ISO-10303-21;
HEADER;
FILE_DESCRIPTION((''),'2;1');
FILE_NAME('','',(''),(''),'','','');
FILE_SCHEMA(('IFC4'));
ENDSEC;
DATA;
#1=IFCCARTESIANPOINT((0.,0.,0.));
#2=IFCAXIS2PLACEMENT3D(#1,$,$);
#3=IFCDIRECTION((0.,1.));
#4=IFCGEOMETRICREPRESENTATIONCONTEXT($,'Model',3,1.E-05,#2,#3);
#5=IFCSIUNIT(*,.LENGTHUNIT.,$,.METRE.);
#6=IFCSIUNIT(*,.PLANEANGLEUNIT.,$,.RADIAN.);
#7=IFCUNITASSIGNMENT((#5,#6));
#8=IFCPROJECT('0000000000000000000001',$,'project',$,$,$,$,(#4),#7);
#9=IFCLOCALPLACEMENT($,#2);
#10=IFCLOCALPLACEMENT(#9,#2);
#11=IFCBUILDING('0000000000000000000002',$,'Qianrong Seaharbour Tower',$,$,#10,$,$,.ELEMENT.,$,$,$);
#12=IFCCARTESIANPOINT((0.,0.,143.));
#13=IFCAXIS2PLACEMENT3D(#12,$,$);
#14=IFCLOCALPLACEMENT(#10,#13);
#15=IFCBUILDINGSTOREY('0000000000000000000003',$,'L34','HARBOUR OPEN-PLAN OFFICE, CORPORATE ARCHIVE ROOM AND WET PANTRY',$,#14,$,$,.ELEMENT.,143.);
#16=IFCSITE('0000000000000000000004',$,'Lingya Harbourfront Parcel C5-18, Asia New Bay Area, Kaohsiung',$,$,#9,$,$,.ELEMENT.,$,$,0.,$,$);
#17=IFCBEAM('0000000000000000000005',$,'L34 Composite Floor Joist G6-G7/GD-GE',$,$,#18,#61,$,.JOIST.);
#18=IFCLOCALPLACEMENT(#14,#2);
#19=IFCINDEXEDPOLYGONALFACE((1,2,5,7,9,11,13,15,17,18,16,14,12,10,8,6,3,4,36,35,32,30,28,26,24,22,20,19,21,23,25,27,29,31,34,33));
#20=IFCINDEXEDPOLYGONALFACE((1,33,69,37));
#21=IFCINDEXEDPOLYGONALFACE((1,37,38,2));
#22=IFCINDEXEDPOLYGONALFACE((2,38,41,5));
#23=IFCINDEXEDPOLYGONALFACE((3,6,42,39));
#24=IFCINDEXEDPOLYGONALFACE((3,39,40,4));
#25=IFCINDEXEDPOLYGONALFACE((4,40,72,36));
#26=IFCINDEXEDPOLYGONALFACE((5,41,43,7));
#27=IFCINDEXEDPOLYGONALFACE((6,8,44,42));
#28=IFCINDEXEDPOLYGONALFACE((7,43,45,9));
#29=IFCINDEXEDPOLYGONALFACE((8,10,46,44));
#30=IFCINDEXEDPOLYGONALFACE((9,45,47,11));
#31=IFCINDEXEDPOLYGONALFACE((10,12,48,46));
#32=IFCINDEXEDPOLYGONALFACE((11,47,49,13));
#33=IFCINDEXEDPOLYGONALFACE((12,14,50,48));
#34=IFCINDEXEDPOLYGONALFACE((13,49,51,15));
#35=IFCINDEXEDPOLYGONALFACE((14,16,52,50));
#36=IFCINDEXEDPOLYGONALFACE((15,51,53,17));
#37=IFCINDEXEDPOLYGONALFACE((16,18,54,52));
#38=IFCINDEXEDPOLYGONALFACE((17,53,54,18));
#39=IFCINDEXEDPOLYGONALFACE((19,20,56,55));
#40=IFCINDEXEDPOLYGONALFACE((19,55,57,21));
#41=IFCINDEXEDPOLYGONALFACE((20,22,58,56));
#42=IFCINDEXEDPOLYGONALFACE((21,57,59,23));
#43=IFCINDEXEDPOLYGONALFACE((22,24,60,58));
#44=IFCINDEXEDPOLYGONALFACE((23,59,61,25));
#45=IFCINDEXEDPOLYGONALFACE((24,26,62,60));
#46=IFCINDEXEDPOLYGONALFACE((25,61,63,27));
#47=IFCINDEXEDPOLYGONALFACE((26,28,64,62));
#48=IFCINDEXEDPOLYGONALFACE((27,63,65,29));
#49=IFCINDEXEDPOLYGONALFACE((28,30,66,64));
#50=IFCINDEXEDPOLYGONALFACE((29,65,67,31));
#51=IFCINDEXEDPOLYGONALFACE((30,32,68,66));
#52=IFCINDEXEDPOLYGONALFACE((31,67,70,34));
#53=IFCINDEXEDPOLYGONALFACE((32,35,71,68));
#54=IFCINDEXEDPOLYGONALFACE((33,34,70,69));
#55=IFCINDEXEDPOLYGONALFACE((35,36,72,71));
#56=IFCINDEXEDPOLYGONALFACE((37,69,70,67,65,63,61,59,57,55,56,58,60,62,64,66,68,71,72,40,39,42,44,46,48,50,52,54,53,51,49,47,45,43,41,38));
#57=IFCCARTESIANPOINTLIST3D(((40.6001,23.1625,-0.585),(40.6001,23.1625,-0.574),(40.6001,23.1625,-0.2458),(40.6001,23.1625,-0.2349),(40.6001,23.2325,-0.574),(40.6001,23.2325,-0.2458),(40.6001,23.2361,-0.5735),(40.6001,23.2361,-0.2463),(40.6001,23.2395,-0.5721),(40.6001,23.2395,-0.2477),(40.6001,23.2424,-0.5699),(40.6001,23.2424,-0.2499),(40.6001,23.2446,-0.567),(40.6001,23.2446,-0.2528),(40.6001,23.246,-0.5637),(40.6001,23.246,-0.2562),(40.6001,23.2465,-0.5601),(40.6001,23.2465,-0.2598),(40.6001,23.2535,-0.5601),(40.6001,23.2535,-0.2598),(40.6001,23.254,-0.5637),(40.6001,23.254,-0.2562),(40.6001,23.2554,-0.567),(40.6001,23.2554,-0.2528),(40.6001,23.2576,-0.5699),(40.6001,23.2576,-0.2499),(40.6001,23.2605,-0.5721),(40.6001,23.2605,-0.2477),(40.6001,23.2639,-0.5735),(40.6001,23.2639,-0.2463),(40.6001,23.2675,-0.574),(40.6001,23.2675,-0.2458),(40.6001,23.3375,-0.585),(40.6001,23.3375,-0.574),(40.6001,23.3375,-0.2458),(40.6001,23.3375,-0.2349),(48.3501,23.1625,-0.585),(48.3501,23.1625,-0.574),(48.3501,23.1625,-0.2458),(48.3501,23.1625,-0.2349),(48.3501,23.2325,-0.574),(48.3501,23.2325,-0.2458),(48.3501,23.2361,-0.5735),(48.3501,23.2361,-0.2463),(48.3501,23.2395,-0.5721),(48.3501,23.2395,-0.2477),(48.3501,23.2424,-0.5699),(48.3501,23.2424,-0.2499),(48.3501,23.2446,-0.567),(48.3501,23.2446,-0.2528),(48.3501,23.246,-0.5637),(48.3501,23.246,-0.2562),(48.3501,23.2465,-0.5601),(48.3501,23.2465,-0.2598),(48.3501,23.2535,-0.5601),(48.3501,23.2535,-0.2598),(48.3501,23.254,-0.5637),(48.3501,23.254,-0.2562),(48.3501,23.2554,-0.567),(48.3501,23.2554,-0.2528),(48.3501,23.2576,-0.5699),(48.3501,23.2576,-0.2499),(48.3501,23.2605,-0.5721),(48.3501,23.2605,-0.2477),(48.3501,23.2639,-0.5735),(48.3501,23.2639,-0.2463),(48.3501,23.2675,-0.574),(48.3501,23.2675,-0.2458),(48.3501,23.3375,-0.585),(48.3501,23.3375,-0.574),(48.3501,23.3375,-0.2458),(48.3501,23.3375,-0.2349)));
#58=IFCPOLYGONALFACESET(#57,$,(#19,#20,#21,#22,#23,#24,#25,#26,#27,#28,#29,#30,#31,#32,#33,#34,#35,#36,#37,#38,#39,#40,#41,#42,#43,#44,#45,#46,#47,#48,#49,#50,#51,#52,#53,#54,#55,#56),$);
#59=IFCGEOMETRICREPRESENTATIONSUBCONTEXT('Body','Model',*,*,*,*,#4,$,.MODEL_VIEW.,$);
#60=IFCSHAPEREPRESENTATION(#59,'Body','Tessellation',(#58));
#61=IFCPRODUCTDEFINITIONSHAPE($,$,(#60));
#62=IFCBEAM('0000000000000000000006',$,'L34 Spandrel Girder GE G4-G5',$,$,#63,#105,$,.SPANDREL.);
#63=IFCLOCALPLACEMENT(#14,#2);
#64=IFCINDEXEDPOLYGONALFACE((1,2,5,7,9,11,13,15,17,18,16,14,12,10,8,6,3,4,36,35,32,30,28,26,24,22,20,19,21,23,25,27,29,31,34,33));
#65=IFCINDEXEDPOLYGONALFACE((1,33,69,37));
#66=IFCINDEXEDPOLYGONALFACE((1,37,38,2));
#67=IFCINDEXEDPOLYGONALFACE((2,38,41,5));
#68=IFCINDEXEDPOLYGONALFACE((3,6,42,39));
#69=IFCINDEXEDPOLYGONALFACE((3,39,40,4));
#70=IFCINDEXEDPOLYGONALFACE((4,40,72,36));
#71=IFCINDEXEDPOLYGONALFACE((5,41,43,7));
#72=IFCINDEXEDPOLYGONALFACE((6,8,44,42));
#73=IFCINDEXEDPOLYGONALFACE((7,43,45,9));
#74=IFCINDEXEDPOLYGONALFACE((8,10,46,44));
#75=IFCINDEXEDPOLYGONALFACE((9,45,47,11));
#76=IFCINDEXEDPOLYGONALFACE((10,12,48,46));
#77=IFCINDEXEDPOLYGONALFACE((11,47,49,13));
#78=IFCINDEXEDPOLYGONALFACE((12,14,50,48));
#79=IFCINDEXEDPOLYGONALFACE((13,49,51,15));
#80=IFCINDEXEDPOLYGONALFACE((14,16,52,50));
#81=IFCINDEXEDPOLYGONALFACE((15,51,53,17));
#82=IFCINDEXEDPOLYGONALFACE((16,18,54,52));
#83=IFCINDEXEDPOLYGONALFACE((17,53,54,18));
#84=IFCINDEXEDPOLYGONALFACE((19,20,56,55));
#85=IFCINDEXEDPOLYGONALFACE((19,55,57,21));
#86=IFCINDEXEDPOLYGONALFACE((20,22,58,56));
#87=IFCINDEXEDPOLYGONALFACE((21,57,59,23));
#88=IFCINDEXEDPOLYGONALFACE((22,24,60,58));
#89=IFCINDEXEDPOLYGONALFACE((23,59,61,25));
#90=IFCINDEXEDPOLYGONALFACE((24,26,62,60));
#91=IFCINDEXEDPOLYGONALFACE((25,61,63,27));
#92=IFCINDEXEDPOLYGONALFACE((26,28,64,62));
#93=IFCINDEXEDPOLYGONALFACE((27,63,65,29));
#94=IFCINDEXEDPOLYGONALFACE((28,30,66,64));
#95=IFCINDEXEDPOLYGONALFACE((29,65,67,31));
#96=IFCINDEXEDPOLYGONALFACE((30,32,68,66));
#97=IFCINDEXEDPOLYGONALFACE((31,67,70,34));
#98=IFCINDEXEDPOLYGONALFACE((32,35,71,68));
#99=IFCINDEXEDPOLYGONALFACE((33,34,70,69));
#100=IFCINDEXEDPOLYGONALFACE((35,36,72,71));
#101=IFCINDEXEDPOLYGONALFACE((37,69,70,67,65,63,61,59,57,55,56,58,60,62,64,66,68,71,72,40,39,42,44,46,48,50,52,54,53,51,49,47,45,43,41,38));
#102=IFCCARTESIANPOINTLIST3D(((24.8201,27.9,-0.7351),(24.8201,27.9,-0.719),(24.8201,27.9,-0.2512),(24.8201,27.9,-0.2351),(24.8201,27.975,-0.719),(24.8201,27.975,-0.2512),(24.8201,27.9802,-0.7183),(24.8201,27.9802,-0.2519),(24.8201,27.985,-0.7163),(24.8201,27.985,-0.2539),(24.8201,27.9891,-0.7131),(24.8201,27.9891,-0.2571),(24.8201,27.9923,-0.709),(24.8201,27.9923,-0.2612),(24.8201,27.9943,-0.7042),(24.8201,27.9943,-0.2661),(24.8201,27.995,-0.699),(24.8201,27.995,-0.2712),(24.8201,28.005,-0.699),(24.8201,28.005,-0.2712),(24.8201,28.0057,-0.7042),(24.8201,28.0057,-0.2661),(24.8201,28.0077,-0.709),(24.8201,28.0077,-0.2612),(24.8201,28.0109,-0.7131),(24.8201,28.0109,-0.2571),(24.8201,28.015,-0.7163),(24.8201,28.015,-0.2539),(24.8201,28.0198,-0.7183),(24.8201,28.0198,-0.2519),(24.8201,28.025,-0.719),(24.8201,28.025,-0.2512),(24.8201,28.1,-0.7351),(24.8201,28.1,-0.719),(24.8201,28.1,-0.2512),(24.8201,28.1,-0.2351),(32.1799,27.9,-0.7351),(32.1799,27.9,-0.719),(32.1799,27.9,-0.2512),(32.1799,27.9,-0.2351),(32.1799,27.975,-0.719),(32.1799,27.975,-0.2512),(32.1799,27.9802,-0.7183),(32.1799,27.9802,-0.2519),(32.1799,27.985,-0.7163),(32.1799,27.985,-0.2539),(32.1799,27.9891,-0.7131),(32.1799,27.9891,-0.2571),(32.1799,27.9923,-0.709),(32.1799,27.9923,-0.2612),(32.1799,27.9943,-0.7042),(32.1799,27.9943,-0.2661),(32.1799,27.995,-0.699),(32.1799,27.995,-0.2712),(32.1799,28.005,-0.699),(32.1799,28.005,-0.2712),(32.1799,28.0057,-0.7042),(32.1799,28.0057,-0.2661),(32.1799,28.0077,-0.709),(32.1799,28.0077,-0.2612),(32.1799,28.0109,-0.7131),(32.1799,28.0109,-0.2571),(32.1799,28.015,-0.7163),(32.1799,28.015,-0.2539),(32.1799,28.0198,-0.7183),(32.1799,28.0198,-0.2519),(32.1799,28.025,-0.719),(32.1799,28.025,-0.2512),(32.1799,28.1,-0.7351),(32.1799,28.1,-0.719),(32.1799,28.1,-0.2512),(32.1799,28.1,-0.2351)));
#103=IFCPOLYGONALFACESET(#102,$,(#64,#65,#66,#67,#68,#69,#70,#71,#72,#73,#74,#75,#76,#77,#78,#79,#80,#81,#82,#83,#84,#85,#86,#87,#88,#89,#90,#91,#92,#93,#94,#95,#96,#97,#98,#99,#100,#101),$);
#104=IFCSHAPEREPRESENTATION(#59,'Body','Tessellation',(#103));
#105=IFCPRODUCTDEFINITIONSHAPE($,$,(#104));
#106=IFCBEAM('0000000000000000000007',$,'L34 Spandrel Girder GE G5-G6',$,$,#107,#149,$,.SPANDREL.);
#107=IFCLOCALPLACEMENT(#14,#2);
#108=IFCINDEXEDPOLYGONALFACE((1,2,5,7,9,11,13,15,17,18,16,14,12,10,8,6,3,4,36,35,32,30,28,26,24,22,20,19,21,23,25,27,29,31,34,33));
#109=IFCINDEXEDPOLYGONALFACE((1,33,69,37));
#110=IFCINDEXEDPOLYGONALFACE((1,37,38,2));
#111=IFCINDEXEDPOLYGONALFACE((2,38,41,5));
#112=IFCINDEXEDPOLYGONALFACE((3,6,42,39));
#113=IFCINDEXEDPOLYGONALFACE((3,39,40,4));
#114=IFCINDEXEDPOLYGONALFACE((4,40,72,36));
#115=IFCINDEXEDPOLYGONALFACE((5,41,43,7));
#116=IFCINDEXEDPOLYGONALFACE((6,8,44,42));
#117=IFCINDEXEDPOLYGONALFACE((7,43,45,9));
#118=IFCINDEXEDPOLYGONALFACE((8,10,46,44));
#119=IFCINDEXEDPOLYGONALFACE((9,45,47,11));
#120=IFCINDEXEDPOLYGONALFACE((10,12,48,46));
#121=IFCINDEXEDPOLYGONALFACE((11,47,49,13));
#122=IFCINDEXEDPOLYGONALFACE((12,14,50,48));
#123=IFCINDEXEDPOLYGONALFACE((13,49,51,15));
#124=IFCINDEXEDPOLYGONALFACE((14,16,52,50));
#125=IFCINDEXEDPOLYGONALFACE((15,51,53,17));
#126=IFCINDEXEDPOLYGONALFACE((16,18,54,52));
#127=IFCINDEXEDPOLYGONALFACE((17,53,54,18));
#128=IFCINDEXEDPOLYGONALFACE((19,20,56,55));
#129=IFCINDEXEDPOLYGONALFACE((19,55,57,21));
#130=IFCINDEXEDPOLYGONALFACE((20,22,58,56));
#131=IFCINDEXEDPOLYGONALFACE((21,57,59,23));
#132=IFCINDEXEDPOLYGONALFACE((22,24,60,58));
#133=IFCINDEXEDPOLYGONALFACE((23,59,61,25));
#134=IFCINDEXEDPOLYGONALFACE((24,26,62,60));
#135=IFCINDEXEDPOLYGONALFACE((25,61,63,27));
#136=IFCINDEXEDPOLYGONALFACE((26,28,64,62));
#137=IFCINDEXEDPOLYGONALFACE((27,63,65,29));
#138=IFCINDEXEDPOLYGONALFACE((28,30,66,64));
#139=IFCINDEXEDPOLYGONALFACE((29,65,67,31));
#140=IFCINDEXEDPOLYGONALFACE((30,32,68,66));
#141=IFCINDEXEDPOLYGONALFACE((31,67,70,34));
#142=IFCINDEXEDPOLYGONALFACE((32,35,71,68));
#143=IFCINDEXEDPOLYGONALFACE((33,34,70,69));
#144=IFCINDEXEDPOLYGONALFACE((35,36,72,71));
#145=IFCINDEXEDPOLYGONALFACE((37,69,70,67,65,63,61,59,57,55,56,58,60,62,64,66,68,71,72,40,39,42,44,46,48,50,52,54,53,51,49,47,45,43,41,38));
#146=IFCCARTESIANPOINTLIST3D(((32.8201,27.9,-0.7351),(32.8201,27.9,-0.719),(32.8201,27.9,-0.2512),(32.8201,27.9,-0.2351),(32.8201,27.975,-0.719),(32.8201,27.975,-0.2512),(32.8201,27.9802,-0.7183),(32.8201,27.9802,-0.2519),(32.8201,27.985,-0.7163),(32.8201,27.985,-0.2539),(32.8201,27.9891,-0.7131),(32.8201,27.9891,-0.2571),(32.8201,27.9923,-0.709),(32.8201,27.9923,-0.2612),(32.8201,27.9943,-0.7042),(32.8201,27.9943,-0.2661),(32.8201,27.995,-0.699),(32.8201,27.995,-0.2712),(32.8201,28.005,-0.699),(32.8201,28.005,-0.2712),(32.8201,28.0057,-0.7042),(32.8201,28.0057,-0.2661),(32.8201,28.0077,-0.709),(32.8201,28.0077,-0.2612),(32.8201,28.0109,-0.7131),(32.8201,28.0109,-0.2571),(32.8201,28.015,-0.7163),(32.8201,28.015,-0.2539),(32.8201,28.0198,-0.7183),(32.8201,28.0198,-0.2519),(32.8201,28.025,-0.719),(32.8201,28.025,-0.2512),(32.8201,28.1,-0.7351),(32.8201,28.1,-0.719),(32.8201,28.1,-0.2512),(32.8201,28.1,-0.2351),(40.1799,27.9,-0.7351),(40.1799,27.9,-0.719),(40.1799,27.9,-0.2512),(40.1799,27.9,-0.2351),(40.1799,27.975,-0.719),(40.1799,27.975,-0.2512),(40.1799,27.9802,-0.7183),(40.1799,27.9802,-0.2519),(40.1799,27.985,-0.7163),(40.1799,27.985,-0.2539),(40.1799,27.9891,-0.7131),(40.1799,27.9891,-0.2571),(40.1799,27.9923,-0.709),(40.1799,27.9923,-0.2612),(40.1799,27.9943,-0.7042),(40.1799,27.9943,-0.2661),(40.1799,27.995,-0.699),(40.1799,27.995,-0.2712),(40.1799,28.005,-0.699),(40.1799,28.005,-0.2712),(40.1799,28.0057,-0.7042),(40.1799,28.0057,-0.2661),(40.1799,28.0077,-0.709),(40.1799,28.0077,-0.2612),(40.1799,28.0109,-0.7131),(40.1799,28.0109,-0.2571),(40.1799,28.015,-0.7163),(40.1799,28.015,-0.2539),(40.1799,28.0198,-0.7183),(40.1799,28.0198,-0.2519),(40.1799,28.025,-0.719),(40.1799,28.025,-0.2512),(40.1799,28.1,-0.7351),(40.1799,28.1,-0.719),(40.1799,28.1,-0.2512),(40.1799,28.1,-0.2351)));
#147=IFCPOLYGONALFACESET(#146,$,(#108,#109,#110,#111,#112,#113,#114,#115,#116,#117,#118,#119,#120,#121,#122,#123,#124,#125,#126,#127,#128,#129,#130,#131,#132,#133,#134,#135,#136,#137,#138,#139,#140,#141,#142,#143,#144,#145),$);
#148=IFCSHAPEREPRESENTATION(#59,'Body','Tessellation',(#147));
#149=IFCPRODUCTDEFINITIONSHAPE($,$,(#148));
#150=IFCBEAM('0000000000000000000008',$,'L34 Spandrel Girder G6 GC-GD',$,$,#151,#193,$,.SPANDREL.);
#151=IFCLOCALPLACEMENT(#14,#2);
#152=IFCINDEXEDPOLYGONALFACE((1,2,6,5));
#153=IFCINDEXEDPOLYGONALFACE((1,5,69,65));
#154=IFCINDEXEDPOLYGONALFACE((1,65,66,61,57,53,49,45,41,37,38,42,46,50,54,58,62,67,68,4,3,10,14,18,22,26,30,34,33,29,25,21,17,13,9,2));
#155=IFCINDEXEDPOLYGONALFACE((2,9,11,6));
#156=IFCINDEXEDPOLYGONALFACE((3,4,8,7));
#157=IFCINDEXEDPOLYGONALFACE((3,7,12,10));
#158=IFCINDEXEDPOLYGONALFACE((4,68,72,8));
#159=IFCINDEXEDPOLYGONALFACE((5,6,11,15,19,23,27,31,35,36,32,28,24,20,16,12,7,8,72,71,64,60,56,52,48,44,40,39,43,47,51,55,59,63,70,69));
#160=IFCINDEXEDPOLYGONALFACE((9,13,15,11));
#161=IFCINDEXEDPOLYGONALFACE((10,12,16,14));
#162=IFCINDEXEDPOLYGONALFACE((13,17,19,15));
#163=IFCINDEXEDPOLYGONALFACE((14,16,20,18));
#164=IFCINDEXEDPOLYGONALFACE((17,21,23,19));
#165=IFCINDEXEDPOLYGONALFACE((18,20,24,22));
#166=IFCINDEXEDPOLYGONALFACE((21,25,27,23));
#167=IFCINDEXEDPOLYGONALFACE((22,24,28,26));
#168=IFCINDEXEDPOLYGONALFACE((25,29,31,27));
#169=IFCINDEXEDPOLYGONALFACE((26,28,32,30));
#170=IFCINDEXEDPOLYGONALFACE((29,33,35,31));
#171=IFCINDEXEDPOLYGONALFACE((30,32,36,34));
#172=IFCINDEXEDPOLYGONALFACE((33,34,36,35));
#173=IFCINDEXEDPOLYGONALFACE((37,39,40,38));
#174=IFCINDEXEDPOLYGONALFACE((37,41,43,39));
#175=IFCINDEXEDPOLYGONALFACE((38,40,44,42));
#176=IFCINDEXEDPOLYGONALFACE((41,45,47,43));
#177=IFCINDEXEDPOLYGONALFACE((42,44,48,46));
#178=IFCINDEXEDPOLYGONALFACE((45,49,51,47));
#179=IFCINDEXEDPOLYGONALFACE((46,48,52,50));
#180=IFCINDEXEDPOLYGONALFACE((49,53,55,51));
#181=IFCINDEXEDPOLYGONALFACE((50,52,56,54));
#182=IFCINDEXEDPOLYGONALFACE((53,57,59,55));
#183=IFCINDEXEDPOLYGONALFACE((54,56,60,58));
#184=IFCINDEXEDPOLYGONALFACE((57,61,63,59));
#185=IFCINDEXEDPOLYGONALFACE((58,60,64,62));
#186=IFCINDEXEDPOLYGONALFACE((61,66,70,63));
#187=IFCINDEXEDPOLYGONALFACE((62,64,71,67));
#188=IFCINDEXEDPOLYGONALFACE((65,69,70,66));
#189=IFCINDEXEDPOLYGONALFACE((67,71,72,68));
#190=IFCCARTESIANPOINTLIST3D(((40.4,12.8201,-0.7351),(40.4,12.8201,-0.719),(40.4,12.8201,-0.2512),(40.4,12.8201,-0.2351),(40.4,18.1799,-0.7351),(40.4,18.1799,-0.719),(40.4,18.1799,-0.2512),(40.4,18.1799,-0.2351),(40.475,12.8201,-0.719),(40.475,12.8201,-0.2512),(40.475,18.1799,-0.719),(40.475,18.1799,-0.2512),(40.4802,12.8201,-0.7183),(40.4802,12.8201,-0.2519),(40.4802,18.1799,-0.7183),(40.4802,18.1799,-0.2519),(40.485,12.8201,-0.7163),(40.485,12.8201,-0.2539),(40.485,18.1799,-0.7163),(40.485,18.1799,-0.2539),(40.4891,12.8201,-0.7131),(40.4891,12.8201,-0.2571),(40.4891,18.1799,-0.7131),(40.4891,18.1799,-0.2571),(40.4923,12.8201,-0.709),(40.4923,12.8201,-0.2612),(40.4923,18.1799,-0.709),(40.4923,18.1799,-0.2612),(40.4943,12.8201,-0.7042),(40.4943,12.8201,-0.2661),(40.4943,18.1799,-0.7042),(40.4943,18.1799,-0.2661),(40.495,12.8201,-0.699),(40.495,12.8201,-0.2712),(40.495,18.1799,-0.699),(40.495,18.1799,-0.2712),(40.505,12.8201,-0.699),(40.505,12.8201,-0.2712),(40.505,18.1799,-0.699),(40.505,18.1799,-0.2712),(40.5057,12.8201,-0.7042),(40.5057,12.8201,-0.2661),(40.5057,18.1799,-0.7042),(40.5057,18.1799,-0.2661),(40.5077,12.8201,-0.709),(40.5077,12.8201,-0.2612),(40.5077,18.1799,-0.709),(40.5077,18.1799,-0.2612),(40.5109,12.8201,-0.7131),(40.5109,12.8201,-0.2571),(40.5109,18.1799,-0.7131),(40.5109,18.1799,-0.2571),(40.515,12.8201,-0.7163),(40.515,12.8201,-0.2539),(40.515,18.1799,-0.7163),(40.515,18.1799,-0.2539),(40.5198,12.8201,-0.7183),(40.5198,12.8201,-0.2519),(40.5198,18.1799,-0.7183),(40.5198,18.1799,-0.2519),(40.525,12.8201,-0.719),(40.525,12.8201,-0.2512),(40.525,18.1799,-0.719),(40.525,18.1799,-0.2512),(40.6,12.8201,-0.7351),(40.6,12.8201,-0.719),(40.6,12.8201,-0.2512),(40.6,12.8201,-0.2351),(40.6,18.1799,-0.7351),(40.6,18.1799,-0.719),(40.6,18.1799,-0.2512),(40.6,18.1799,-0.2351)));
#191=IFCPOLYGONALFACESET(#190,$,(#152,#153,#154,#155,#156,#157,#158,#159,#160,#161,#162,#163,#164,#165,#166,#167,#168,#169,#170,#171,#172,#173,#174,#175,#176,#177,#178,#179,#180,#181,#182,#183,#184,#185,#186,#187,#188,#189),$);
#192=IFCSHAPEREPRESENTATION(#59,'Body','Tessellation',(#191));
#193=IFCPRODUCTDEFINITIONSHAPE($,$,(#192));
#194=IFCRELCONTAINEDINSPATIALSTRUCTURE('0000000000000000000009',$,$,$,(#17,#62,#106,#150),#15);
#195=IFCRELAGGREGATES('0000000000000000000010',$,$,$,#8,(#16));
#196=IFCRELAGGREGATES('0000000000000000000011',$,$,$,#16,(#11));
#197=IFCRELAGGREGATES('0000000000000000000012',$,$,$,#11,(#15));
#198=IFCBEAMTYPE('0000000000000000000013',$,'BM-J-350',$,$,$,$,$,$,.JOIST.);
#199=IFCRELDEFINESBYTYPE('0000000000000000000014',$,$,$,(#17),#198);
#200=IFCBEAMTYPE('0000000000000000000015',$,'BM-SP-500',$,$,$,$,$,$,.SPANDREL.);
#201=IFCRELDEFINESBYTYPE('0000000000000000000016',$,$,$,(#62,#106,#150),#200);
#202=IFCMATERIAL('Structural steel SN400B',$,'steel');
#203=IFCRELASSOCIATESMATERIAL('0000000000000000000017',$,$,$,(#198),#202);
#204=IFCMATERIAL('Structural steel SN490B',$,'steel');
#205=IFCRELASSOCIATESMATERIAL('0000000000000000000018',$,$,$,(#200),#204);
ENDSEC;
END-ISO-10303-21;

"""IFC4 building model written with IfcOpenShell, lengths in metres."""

from ifc_helpers import new_model, si_unit, direction, frame, origin, origin_2d, place, context, subcontext, project, spatial, i_section, extrude, material, material_profile, profile_set, type_object, element, save


model = new_model("IFC4")

# Units and contexts
model_context = context("Model", 3, precision=1e-05, world=origin(), true_north=direction((0.0, 1.0)))
body_context = subcontext(model_context, "Body", "Model", "MODEL_VIEW")
ifc_project = project(units=[si_unit("LENGTHUNIT", "METRE"), si_unit("PLANEANGLEUNIT", "RADIAN")], contexts=[model_context])

# Site, building, storey
site_placement = place(None, origin())
site = spatial("IfcSite", under=ifc_project, at=site_placement, Name="Lingya Harbourfront Parcel C5-18, Asia New Bay Area, Kaohsiung", CompositionType="ELEMENT", RefElevation=0.0)
building_placement = place(site_placement, origin())
building = spatial("IfcBuilding", under=site, at=building_placement, Name="Qianrong Seaharbour Tower", CompositionType="ELEMENT")
storey_placement = place(building_placement, frame((0.0, 0.0, 143.0)))
storey = spatial("IfcBuildingStorey", under=building, at=storey_placement, Name="L34", Description="HARBOUR OPEN-PLAN OFFICE, CORPORATE ARCHIVE ROOM AND WET PANTRY", CompositionType="ELEMENT", Elevation=143.0)

# Shared definitions
ifc_material_1 = material(Name="Structural steel SN490B", Category="steel")

# Beams
ifc_material_2 = material(Name="Structural steel SN400B", Category="steel")
ifc_material_profile_1 = material_profile(ifc_material_2, i_section(OverallWidth=0.175, OverallDepth=0.3501, WebThickness=0.0071, FlangeThickness=0.011, FilletRadius=0.0139, at=origin_2d()), Name="H350x175x7x11")
ifc_profile_set_1 = profile_set([ifc_material_profile_1], Name="Structural steel SN400B")
beam_type_1 = type_object("IfcBeamType", Name="BM-J-350", PredefinedType="JOIST", material=ifc_profile_set_1)
beam_1_placement = place(storey_placement, frame((40.6001, 23.25, -0.4099), z_axis=(1.0, 0.0, 0.0), x_axis=(0.0, 1.0, 0.0)))
element("IfcBeam", 1, at=beam_1_placement, inside=storey, type_object=beam_type_1, Name="L34 Composite Floor Joist G6-G7/GD-GE", PredefinedType="JOIST", context=body_context, shape_type="SweptSolid", body=[
    extrude(i_section(OverallWidth=0.175, OverallDepth=0.3501, WebThickness=0.0071, FlangeThickness=0.011, FilletRadius=0.0139, at=origin_2d()), origin(), (0.0, 0.0, 1.0), 7.75),
])
ifc_material_profile_2 = material_profile(ifc_material_1, i_section(OverallWidth=0.2, OverallDepth=0.5, WebThickness=0.01, FlangeThickness=0.0161, FilletRadius=0.02, at=origin_2d()), Name="H500x200x10x16")
ifc_profile_set_2 = profile_set([ifc_material_profile_2], Name="Structural steel SN490B")
beam_type_2 = type_object("IfcBeamType", Name="BM-SP-500", PredefinedType="SPANDREL", material=ifc_profile_set_2)
for number, where, z_axis, x_axis, name in (
    (2, (24.8201, 28.0, -0.4851), (1.0, 0.0, 0.0), (0.0, 1.0, 0.0), "L34 Spandrel Girder GE G4-G5"),
    (3, (32.8201, 28.0, -0.4851), (1.0, 0.0, 0.0), (0.0, 1.0, 0.0), "L34 Spandrel Girder GE G5-G6"),
):
    element("IfcBeam", number, at=place(storey_placement, frame(where, z_axis=z_axis, x_axis=x_axis)), inside=storey, type_object=beam_type_2, Name=name, PredefinedType="SPANDREL", context=body_context, shape_type="SweptSolid", body=[
        extrude(i_section(OverallWidth=0.2, OverallDepth=0.5, WebThickness=0.01, FlangeThickness=0.0161, FilletRadius=0.02, at=origin_2d()), origin(), (0.0, 0.0, 1.0), 7.3599),
    ])
beam_2_placement = place(storey_placement, frame((40.5, 12.8201, -0.4851), z_axis=(0.0, 1.0, 0.0), x_axis=(-1.0, 0.0, 0.0)))
element("IfcBeam", 4, at=beam_2_placement, inside=storey, type_object=beam_type_2, Name="L34 Spandrel Girder G6 GC-GD", PredefinedType="SPANDREL", context=body_context, shape_type="SweptSolid", body=[
    extrude(i_section(OverallWidth=0.2, OverallDepth=0.5, WebThickness=0.01, FlangeThickness=0.0161, FilletRadius=0.02, at=origin_2d()), origin(), (0.0, 0.0, 1.0), 5.3599),
])

save(model, "model.ifc")
